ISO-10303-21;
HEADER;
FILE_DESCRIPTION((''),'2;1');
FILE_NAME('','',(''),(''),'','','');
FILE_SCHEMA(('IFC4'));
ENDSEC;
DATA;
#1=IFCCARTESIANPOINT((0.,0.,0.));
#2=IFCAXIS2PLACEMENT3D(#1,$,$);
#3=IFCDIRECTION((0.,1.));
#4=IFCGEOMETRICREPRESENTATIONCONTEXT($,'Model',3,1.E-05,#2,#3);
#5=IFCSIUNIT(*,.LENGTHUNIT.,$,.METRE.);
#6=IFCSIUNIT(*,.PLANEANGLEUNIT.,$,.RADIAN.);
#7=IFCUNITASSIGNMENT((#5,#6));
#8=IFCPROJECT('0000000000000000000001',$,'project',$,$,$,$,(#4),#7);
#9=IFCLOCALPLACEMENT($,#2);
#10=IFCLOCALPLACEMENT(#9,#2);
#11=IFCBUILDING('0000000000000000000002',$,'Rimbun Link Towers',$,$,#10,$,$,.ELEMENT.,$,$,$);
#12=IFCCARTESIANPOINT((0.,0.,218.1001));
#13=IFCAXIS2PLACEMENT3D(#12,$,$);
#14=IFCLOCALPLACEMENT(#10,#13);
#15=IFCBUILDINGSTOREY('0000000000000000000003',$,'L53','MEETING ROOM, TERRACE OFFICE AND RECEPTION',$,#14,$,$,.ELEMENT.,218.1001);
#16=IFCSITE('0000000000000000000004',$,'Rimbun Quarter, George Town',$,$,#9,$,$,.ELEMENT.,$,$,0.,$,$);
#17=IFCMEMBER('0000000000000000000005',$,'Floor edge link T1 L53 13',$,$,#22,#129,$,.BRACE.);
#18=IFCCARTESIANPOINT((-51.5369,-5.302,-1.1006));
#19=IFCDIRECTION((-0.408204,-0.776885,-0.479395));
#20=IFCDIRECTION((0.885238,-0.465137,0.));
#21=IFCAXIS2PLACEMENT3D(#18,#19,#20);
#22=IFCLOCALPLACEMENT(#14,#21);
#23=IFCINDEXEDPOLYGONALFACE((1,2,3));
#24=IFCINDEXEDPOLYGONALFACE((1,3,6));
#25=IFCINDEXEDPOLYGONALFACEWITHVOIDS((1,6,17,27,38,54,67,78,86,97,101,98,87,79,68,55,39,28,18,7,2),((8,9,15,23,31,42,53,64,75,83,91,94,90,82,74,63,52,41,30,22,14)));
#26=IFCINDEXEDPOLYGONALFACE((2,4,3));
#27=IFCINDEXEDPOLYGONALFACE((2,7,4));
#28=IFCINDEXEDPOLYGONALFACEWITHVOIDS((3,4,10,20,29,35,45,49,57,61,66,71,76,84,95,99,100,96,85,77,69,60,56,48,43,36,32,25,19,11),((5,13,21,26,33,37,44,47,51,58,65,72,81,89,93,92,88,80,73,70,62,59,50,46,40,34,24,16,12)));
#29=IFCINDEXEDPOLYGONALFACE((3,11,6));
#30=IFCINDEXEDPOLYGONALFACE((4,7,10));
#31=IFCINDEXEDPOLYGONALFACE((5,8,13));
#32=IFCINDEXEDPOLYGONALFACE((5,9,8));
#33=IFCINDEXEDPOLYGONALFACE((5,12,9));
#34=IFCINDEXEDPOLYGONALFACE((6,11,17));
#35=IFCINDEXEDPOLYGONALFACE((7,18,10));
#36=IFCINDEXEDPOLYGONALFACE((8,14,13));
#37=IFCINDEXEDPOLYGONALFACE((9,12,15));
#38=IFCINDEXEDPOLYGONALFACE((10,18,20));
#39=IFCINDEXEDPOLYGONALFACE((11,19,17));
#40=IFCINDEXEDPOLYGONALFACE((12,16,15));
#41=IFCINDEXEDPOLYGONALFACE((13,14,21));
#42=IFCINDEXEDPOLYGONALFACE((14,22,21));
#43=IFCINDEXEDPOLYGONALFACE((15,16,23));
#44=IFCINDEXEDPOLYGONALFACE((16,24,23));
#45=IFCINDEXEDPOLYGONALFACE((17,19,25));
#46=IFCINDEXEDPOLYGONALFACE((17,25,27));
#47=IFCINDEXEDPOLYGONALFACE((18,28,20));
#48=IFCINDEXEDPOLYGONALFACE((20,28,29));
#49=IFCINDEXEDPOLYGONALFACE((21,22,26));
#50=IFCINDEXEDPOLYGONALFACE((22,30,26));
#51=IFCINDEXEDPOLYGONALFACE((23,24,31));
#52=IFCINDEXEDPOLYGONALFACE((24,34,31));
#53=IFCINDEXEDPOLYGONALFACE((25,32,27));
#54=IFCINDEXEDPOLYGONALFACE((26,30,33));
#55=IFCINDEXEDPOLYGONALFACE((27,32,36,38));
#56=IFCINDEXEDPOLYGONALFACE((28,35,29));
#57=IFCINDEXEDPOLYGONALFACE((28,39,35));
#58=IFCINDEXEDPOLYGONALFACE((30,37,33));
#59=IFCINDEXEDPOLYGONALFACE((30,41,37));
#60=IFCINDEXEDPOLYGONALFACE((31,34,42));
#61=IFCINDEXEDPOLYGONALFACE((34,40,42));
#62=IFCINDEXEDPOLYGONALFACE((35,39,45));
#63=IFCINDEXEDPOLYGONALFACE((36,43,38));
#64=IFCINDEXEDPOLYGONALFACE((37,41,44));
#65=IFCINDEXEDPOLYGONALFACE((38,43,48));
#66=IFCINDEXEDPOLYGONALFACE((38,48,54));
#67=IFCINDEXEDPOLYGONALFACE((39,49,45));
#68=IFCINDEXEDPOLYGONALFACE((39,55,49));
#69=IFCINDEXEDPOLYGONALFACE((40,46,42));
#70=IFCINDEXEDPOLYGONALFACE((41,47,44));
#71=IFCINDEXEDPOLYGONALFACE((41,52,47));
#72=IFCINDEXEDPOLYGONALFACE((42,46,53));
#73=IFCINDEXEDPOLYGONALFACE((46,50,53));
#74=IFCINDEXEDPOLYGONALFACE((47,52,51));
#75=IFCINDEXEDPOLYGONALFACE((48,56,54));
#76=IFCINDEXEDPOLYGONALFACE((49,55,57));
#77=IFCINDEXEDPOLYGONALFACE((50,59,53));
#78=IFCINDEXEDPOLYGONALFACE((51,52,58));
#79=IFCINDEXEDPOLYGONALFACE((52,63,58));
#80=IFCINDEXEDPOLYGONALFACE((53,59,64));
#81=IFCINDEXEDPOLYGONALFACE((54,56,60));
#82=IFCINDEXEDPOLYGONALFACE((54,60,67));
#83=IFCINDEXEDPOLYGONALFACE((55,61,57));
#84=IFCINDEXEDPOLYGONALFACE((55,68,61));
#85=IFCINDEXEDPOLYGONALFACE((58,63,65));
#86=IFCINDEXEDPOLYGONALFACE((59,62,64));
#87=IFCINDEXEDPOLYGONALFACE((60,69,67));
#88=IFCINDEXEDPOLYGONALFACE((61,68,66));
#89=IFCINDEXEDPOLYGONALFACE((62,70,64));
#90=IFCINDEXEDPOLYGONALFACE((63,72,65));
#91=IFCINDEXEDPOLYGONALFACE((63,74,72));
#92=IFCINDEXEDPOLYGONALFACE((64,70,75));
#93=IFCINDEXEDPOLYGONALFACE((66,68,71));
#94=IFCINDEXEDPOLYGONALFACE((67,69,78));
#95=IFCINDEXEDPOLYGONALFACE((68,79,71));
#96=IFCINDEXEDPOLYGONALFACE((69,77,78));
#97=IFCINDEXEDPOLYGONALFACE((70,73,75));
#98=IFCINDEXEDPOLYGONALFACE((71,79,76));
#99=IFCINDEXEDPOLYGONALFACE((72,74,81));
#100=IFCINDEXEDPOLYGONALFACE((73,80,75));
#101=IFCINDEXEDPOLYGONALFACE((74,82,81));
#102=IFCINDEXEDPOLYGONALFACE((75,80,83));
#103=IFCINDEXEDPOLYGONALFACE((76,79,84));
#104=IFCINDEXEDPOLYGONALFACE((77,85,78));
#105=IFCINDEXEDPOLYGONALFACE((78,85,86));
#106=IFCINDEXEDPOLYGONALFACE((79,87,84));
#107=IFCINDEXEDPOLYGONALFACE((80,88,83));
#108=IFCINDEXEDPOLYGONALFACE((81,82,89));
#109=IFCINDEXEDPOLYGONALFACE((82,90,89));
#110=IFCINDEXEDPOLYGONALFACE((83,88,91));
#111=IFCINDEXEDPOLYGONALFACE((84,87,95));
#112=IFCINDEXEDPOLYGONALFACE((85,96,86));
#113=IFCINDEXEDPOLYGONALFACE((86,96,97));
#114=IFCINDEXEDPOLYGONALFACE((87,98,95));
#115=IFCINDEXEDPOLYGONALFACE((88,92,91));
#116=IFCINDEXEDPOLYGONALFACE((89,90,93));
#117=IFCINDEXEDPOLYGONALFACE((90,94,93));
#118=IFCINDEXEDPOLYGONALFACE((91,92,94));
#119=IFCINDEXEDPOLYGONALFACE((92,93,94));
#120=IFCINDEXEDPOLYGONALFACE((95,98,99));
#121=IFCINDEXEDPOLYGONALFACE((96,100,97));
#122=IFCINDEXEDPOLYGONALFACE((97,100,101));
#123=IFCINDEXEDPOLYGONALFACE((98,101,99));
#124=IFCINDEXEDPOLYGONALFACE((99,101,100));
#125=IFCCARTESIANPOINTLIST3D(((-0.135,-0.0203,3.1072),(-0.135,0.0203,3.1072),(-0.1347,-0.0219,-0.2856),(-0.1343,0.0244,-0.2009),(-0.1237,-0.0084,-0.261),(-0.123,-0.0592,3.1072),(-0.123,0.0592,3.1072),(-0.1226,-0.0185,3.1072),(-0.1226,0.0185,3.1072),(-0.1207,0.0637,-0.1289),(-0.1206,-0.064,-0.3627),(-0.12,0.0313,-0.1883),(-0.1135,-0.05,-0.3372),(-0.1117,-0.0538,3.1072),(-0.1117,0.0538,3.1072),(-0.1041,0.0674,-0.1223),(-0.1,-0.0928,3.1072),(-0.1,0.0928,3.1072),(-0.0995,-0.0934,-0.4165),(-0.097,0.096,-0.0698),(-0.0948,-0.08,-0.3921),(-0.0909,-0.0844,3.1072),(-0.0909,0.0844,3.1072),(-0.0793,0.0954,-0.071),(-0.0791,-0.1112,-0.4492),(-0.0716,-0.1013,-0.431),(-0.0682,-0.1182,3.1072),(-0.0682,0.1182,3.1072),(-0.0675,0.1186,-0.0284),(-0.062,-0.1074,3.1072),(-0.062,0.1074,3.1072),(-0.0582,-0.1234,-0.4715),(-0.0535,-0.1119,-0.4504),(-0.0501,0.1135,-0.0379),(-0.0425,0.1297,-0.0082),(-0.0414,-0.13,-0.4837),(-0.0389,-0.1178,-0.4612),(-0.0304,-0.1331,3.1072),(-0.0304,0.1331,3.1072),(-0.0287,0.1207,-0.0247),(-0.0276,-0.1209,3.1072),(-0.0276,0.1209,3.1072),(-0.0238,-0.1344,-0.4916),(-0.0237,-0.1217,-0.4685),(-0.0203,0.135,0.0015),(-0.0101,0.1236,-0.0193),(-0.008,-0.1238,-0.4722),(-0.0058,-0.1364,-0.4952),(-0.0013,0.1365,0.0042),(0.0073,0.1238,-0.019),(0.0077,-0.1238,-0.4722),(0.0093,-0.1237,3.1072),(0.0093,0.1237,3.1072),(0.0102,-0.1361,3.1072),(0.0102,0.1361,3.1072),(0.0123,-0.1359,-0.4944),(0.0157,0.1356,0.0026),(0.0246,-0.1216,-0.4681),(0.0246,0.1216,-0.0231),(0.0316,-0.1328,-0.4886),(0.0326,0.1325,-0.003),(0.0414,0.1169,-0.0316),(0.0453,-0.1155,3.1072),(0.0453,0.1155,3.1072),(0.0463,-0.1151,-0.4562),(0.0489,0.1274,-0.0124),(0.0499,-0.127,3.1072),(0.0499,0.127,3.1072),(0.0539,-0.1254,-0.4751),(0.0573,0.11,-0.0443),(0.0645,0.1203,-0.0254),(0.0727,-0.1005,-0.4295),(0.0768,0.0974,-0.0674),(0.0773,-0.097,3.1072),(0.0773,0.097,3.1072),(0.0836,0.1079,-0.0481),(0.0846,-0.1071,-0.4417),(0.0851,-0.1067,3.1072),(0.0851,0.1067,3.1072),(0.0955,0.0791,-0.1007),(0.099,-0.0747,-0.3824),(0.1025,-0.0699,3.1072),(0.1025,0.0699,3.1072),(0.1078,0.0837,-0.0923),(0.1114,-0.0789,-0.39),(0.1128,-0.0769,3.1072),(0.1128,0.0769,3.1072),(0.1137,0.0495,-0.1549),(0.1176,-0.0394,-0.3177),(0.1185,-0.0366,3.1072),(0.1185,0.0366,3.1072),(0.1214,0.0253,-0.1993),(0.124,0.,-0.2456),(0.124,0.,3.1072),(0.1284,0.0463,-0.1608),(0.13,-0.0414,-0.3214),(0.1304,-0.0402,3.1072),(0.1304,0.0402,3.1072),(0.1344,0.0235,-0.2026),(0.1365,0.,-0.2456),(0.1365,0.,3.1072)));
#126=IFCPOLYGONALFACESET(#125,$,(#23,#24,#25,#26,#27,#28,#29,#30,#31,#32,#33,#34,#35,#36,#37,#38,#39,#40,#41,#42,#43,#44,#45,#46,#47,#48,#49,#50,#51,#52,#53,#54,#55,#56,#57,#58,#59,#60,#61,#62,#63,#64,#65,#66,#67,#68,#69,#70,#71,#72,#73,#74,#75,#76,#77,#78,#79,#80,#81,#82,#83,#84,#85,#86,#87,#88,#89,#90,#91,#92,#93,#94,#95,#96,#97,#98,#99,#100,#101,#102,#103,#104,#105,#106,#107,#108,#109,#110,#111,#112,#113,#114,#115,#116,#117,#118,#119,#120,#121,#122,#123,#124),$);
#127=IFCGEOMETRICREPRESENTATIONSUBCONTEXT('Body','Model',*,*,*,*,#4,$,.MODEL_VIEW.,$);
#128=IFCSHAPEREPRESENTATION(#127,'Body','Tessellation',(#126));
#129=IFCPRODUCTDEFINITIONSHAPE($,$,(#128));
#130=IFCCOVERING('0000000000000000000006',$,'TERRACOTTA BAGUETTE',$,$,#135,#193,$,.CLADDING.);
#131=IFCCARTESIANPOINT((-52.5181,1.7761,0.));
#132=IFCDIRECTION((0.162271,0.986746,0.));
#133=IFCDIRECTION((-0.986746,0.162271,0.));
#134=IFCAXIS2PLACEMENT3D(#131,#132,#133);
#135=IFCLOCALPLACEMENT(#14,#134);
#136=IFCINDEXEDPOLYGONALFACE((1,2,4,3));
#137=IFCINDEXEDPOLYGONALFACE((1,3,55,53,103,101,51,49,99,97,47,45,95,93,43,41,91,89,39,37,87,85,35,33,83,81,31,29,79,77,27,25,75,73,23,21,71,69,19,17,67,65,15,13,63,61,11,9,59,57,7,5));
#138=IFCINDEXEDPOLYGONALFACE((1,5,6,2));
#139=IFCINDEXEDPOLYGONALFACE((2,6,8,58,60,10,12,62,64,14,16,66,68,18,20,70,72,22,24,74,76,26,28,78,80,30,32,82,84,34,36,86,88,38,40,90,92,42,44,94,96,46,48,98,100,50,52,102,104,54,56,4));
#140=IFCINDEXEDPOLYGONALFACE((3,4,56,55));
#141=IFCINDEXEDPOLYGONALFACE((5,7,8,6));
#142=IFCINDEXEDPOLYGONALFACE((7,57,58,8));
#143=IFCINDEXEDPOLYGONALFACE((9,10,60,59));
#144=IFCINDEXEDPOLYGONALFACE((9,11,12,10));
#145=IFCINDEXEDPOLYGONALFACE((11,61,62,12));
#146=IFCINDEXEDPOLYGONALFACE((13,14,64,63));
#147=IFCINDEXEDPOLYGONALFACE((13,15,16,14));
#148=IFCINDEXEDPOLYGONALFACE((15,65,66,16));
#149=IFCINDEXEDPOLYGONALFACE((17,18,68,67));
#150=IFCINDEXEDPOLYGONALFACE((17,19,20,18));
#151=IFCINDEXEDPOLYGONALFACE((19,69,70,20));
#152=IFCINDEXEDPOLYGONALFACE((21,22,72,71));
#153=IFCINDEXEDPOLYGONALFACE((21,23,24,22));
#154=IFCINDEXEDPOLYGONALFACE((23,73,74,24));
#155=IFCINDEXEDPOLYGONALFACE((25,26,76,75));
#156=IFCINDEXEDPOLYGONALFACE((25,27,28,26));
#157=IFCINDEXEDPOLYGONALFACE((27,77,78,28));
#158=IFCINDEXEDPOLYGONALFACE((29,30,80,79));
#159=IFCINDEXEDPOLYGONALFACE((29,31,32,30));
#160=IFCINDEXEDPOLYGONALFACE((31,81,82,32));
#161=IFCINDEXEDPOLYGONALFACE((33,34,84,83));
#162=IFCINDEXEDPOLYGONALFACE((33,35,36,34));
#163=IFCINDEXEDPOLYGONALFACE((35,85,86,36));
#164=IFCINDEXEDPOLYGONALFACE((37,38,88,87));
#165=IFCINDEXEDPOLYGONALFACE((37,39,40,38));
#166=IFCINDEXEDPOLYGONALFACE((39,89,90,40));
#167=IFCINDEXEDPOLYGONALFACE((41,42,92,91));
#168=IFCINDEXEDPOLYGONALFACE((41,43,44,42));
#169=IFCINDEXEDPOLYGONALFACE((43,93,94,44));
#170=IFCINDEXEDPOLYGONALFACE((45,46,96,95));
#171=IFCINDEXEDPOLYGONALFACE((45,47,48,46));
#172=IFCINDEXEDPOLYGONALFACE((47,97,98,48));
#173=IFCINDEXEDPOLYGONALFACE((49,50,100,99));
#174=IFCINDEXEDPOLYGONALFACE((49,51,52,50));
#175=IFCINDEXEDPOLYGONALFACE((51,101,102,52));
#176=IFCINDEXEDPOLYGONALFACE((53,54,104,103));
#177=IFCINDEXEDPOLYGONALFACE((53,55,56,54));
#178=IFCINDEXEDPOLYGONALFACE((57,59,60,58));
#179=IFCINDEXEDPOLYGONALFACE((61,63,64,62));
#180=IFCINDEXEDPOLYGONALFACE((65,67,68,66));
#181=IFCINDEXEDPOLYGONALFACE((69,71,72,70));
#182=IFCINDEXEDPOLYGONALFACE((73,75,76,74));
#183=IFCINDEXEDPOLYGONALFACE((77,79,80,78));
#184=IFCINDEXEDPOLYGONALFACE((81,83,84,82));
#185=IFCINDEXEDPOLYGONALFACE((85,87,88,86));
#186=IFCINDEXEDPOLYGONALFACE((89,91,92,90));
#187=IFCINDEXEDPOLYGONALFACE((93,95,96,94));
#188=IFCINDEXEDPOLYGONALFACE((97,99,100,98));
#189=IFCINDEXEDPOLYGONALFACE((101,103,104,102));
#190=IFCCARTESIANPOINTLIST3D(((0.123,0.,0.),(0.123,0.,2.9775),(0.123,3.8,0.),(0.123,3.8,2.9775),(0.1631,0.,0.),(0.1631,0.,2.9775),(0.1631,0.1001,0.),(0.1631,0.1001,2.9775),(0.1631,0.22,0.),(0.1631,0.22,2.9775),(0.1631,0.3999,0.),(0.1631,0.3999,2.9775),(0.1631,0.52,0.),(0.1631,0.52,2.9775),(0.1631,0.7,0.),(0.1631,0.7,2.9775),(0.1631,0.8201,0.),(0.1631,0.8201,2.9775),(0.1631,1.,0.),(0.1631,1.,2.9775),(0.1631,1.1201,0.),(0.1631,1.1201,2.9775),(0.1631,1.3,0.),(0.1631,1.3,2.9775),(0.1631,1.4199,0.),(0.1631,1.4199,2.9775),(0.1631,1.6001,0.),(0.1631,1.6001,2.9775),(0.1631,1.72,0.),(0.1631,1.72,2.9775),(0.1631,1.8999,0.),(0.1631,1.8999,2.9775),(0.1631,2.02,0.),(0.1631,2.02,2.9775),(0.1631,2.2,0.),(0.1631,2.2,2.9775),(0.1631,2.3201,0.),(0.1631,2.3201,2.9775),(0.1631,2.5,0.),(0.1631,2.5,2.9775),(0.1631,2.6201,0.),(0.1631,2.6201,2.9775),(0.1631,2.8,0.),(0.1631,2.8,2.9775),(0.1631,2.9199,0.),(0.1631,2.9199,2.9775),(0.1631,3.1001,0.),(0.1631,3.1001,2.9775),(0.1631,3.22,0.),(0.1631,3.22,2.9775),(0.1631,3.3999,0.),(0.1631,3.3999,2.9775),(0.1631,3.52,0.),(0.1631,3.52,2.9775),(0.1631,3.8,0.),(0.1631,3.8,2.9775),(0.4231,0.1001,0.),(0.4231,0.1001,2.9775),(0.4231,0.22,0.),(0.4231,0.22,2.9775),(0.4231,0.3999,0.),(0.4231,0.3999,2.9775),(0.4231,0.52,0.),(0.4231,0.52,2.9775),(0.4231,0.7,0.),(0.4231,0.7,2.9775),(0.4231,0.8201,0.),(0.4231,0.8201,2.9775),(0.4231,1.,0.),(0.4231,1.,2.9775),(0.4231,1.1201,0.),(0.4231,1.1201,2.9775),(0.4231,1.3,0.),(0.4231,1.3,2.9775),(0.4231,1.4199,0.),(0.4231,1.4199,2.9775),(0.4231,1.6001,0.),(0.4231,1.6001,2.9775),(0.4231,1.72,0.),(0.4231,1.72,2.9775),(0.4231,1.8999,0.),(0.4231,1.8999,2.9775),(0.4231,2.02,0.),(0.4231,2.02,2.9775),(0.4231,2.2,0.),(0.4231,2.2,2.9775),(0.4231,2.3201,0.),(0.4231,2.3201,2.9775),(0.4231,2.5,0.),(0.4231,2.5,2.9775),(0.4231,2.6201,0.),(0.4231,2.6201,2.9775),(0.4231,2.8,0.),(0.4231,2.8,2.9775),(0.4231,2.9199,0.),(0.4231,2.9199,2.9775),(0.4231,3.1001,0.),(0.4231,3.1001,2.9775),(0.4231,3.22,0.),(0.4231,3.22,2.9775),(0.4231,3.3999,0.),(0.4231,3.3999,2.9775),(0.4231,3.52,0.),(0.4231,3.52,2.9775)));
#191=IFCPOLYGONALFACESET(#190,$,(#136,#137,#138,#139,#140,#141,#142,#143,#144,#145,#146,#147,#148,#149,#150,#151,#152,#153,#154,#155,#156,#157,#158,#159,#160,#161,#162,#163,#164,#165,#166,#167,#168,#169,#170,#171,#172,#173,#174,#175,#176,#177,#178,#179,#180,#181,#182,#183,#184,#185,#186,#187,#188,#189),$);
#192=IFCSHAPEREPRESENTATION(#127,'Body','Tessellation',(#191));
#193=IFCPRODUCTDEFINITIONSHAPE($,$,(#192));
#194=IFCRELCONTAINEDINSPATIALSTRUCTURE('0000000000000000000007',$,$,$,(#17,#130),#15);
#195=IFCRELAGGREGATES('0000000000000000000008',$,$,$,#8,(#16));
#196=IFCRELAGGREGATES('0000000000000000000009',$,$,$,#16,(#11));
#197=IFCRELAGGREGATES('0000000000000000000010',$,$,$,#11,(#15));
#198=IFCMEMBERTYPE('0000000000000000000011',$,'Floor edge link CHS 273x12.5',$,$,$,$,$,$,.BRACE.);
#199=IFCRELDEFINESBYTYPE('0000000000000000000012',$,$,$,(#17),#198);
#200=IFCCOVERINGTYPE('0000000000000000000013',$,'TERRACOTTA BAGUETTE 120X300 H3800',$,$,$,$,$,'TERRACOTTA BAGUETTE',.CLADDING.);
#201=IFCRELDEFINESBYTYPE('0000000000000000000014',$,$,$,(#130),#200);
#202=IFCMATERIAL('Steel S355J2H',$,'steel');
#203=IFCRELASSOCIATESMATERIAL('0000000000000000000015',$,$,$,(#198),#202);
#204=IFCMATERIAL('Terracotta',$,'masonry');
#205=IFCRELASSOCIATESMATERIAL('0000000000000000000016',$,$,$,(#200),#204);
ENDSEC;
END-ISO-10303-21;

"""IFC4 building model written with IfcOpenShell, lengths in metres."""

from ifc_helpers import new_model, si_unit, direction, frame, origin, origin_2d, place, context, subcontext, project, spatial, polyline, hollow_circle, outline, extrude, clip, halfspace, material, material_profile, profile_set, type_object, element, save


model = new_model("IFC4")

# Units and contexts
model_context = context("Model", 3, precision=1e-05, world=origin(), true_north=direction((0.0, 1.0)))
body_context = subcontext(model_context, "Body", "Model", "MODEL_VIEW")
ifc_project = project(units=[si_unit("LENGTHUNIT", "METRE"), si_unit("PLANEANGLEUNIT", "RADIAN")], contexts=[model_context])

# Site, building, storey
site_placement = place(None, origin())
site = spatial("IfcSite", under=ifc_project, at=site_placement, Name="Rimbun Quarter, George Town", CompositionType="ELEMENT", RefElevation=0.0)
building_placement = place(site_placement, origin())
building = spatial("IfcBuilding", under=site, at=building_placement, Name="Rimbun Link Towers", CompositionType="ELEMENT")
storey_placement = place(building_placement, frame((0.0, 0.0, 218.1001)))
storey = spatial("IfcBuildingStorey", under=building, at=storey_placement, Name="L53", Description="MEETING ROOM, TERRACE OFFICE AND RECEPTION", CompositionType="ELEMENT", Elevation=218.1001)

# Member
ifc_material_1 = material(Name="Steel S355J2H", Category="steel")
ifc_material_profile_1 = material_profile(ifc_material_1, hollow_circle(Radius=0.1365, WallThickness=0.0125, at=origin_2d()), Name="CHS 273x12.5")
ifc_profile_set_1 = profile_set([ifc_material_profile_1], Name="Steel S355J2H")
member_type_1 = type_object("IfcMemberType", Name="Floor edge link CHS 273x12.5", PredefinedType="BRACE", material=ifc_profile_set_1)
member_1_placement = place(storey_placement, frame((-51.5369, -5.302, -1.1006), z_axis=(-0.408204, -0.776885, -0.479395), x_axis=(0.885238, -0.465137, 0.0)))
element("IfcMember", 1, at=member_1_placement, inside=storey, type_object=member_type_1, Name="Floor edge link T1 L53 13", PredefinedType="BRACE", context=body_context, shape_type="Clipping", body=[
    clip(extrude(hollow_circle(Radius=0.1365, WallThickness=0.0125, at=origin_2d()), frame((0.0, 0.0, -0.5205)), (0.0, 0.0, 1.0), 3.6277), halfspace(frame((0.0, 0.0, -0.2456), z_axis=(0.0, 0.877599, -0.479395)), False)),
])

# Covering
ifc_material_2 = material(Name="Terracotta", Category="masonry")
ifc_material_profile_2 = material_profile(ifc_material_2, outline(polyline([(0.123, 0.0), (0.1631, 0.0), (0.1631, 0.1001), (0.4231, 0.1001), (0.4231, 0.22), (0.1631, 0.22), (0.1631, 0.3999), (0.4231, 0.3999), (0.4231, 0.52), (0.1631, 0.52), (0.1631, 0.7), (0.4231, 0.7), (0.4231, 0.8201), (0.1631, 0.8201), (0.1631, 1.0), (0.4231, 1.0), (0.4231, 1.1201), (0.1631, 1.1201), (0.1631, 1.3), (0.4231, 1.3), (0.4231, 1.4199), (0.1631, 1.4199), (0.1631, 1.6001), (0.4231, 1.6001), (0.4231, 1.72), (0.1631, 1.72), (0.1631, 1.8999), (0.4231, 1.8999), (0.4231, 2.02), (0.1631, 2.02), (0.1631, 2.2), (0.4231, 2.2), (0.4231, 2.3201), (0.1631, 2.3201), (0.1631, 2.5), (0.4231, 2.5), (0.4231, 2.6201), (0.1631, 2.6201), (0.1631, 2.8), (0.4231, 2.8), (0.4231, 2.9199), (0.1631, 2.9199), (0.1631, 3.1001), (0.4231, 3.1001), (0.4231, 3.22), (0.1631, 3.22), (0.1631, 3.3999), (0.4231, 3.3999), (0.4231, 3.52), (0.1631, 3.52), (0.1631, 3.8), (0.123, 3.8), (0.123, 0.0)])), Name="BAGUETTE 120X300")
ifc_profile_set_2 = profile_set([ifc_material_profile_2], Name="Terracotta")
covering_type = type_object("IfcCoveringType", Name="TERRACOTTA BAGUETTE 120X300 H3800", ElementType="TERRACOTTA BAGUETTE", PredefinedType="CLADDING", material=ifc_profile_set_2)
covering_1_placement = place(storey_placement, frame((-52.5181, 1.7761, 0.0), z_axis=(0.162271, 0.986746, 0.0), x_axis=(-0.986746, 0.162271, 0.0)))
element("IfcCovering", 2, at=covering_1_placement, inside=storey, type_object=covering_type, Name="TERRACOTTA BAGUETTE", PredefinedType="CLADDING", context=body_context, shape_type="SweptSolid", body=[
    extrude(outline(polyline([(0.123, 0.0), (0.1631, 0.0), (0.1631, 0.1001), (0.4231, 0.1001), (0.4231, 0.22), (0.1631, 0.22), (0.1631, 0.3999), (0.4231, 0.3999), (0.4231, 0.52), (0.1631, 0.52), (0.1631, 0.7), (0.4231, 0.7), (0.4231, 0.8201), (0.1631, 0.8201), (0.1631, 1.0), (0.4231, 1.0), (0.4231, 1.1201), (0.1631, 1.1201), (0.1631, 1.3), (0.4231, 1.3), (0.4231, 1.4199), (0.1631, 1.4199), (0.1631, 1.6001), (0.4231, 1.6001), (0.4231, 1.72), (0.1631, 1.72), (0.1631, 1.8999), (0.4231, 1.8999), (0.4231, 2.02), (0.1631, 2.02), (0.1631, 2.2), (0.4231, 2.2), (0.4231, 2.3201), (0.1631, 2.3201), (0.1631, 2.5), (0.4231, 2.5), (0.4231, 2.6201), (0.1631, 2.6201), (0.1631, 2.8), (0.4231, 2.8), (0.4231, 2.9199), (0.1631, 2.9199), (0.1631, 3.1001), (0.4231, 3.1001), (0.4231, 3.22), (0.1631, 3.22), (0.1631, 3.3999), (0.4231, 3.3999), (0.4231, 3.52), (0.1631, 3.52), (0.1631, 3.8), (0.123, 3.8), (0.123, 0.0)])), origin(), (0.0, 0.0, 1.0), 2.9775),
])

save(model, "model.ifc")
